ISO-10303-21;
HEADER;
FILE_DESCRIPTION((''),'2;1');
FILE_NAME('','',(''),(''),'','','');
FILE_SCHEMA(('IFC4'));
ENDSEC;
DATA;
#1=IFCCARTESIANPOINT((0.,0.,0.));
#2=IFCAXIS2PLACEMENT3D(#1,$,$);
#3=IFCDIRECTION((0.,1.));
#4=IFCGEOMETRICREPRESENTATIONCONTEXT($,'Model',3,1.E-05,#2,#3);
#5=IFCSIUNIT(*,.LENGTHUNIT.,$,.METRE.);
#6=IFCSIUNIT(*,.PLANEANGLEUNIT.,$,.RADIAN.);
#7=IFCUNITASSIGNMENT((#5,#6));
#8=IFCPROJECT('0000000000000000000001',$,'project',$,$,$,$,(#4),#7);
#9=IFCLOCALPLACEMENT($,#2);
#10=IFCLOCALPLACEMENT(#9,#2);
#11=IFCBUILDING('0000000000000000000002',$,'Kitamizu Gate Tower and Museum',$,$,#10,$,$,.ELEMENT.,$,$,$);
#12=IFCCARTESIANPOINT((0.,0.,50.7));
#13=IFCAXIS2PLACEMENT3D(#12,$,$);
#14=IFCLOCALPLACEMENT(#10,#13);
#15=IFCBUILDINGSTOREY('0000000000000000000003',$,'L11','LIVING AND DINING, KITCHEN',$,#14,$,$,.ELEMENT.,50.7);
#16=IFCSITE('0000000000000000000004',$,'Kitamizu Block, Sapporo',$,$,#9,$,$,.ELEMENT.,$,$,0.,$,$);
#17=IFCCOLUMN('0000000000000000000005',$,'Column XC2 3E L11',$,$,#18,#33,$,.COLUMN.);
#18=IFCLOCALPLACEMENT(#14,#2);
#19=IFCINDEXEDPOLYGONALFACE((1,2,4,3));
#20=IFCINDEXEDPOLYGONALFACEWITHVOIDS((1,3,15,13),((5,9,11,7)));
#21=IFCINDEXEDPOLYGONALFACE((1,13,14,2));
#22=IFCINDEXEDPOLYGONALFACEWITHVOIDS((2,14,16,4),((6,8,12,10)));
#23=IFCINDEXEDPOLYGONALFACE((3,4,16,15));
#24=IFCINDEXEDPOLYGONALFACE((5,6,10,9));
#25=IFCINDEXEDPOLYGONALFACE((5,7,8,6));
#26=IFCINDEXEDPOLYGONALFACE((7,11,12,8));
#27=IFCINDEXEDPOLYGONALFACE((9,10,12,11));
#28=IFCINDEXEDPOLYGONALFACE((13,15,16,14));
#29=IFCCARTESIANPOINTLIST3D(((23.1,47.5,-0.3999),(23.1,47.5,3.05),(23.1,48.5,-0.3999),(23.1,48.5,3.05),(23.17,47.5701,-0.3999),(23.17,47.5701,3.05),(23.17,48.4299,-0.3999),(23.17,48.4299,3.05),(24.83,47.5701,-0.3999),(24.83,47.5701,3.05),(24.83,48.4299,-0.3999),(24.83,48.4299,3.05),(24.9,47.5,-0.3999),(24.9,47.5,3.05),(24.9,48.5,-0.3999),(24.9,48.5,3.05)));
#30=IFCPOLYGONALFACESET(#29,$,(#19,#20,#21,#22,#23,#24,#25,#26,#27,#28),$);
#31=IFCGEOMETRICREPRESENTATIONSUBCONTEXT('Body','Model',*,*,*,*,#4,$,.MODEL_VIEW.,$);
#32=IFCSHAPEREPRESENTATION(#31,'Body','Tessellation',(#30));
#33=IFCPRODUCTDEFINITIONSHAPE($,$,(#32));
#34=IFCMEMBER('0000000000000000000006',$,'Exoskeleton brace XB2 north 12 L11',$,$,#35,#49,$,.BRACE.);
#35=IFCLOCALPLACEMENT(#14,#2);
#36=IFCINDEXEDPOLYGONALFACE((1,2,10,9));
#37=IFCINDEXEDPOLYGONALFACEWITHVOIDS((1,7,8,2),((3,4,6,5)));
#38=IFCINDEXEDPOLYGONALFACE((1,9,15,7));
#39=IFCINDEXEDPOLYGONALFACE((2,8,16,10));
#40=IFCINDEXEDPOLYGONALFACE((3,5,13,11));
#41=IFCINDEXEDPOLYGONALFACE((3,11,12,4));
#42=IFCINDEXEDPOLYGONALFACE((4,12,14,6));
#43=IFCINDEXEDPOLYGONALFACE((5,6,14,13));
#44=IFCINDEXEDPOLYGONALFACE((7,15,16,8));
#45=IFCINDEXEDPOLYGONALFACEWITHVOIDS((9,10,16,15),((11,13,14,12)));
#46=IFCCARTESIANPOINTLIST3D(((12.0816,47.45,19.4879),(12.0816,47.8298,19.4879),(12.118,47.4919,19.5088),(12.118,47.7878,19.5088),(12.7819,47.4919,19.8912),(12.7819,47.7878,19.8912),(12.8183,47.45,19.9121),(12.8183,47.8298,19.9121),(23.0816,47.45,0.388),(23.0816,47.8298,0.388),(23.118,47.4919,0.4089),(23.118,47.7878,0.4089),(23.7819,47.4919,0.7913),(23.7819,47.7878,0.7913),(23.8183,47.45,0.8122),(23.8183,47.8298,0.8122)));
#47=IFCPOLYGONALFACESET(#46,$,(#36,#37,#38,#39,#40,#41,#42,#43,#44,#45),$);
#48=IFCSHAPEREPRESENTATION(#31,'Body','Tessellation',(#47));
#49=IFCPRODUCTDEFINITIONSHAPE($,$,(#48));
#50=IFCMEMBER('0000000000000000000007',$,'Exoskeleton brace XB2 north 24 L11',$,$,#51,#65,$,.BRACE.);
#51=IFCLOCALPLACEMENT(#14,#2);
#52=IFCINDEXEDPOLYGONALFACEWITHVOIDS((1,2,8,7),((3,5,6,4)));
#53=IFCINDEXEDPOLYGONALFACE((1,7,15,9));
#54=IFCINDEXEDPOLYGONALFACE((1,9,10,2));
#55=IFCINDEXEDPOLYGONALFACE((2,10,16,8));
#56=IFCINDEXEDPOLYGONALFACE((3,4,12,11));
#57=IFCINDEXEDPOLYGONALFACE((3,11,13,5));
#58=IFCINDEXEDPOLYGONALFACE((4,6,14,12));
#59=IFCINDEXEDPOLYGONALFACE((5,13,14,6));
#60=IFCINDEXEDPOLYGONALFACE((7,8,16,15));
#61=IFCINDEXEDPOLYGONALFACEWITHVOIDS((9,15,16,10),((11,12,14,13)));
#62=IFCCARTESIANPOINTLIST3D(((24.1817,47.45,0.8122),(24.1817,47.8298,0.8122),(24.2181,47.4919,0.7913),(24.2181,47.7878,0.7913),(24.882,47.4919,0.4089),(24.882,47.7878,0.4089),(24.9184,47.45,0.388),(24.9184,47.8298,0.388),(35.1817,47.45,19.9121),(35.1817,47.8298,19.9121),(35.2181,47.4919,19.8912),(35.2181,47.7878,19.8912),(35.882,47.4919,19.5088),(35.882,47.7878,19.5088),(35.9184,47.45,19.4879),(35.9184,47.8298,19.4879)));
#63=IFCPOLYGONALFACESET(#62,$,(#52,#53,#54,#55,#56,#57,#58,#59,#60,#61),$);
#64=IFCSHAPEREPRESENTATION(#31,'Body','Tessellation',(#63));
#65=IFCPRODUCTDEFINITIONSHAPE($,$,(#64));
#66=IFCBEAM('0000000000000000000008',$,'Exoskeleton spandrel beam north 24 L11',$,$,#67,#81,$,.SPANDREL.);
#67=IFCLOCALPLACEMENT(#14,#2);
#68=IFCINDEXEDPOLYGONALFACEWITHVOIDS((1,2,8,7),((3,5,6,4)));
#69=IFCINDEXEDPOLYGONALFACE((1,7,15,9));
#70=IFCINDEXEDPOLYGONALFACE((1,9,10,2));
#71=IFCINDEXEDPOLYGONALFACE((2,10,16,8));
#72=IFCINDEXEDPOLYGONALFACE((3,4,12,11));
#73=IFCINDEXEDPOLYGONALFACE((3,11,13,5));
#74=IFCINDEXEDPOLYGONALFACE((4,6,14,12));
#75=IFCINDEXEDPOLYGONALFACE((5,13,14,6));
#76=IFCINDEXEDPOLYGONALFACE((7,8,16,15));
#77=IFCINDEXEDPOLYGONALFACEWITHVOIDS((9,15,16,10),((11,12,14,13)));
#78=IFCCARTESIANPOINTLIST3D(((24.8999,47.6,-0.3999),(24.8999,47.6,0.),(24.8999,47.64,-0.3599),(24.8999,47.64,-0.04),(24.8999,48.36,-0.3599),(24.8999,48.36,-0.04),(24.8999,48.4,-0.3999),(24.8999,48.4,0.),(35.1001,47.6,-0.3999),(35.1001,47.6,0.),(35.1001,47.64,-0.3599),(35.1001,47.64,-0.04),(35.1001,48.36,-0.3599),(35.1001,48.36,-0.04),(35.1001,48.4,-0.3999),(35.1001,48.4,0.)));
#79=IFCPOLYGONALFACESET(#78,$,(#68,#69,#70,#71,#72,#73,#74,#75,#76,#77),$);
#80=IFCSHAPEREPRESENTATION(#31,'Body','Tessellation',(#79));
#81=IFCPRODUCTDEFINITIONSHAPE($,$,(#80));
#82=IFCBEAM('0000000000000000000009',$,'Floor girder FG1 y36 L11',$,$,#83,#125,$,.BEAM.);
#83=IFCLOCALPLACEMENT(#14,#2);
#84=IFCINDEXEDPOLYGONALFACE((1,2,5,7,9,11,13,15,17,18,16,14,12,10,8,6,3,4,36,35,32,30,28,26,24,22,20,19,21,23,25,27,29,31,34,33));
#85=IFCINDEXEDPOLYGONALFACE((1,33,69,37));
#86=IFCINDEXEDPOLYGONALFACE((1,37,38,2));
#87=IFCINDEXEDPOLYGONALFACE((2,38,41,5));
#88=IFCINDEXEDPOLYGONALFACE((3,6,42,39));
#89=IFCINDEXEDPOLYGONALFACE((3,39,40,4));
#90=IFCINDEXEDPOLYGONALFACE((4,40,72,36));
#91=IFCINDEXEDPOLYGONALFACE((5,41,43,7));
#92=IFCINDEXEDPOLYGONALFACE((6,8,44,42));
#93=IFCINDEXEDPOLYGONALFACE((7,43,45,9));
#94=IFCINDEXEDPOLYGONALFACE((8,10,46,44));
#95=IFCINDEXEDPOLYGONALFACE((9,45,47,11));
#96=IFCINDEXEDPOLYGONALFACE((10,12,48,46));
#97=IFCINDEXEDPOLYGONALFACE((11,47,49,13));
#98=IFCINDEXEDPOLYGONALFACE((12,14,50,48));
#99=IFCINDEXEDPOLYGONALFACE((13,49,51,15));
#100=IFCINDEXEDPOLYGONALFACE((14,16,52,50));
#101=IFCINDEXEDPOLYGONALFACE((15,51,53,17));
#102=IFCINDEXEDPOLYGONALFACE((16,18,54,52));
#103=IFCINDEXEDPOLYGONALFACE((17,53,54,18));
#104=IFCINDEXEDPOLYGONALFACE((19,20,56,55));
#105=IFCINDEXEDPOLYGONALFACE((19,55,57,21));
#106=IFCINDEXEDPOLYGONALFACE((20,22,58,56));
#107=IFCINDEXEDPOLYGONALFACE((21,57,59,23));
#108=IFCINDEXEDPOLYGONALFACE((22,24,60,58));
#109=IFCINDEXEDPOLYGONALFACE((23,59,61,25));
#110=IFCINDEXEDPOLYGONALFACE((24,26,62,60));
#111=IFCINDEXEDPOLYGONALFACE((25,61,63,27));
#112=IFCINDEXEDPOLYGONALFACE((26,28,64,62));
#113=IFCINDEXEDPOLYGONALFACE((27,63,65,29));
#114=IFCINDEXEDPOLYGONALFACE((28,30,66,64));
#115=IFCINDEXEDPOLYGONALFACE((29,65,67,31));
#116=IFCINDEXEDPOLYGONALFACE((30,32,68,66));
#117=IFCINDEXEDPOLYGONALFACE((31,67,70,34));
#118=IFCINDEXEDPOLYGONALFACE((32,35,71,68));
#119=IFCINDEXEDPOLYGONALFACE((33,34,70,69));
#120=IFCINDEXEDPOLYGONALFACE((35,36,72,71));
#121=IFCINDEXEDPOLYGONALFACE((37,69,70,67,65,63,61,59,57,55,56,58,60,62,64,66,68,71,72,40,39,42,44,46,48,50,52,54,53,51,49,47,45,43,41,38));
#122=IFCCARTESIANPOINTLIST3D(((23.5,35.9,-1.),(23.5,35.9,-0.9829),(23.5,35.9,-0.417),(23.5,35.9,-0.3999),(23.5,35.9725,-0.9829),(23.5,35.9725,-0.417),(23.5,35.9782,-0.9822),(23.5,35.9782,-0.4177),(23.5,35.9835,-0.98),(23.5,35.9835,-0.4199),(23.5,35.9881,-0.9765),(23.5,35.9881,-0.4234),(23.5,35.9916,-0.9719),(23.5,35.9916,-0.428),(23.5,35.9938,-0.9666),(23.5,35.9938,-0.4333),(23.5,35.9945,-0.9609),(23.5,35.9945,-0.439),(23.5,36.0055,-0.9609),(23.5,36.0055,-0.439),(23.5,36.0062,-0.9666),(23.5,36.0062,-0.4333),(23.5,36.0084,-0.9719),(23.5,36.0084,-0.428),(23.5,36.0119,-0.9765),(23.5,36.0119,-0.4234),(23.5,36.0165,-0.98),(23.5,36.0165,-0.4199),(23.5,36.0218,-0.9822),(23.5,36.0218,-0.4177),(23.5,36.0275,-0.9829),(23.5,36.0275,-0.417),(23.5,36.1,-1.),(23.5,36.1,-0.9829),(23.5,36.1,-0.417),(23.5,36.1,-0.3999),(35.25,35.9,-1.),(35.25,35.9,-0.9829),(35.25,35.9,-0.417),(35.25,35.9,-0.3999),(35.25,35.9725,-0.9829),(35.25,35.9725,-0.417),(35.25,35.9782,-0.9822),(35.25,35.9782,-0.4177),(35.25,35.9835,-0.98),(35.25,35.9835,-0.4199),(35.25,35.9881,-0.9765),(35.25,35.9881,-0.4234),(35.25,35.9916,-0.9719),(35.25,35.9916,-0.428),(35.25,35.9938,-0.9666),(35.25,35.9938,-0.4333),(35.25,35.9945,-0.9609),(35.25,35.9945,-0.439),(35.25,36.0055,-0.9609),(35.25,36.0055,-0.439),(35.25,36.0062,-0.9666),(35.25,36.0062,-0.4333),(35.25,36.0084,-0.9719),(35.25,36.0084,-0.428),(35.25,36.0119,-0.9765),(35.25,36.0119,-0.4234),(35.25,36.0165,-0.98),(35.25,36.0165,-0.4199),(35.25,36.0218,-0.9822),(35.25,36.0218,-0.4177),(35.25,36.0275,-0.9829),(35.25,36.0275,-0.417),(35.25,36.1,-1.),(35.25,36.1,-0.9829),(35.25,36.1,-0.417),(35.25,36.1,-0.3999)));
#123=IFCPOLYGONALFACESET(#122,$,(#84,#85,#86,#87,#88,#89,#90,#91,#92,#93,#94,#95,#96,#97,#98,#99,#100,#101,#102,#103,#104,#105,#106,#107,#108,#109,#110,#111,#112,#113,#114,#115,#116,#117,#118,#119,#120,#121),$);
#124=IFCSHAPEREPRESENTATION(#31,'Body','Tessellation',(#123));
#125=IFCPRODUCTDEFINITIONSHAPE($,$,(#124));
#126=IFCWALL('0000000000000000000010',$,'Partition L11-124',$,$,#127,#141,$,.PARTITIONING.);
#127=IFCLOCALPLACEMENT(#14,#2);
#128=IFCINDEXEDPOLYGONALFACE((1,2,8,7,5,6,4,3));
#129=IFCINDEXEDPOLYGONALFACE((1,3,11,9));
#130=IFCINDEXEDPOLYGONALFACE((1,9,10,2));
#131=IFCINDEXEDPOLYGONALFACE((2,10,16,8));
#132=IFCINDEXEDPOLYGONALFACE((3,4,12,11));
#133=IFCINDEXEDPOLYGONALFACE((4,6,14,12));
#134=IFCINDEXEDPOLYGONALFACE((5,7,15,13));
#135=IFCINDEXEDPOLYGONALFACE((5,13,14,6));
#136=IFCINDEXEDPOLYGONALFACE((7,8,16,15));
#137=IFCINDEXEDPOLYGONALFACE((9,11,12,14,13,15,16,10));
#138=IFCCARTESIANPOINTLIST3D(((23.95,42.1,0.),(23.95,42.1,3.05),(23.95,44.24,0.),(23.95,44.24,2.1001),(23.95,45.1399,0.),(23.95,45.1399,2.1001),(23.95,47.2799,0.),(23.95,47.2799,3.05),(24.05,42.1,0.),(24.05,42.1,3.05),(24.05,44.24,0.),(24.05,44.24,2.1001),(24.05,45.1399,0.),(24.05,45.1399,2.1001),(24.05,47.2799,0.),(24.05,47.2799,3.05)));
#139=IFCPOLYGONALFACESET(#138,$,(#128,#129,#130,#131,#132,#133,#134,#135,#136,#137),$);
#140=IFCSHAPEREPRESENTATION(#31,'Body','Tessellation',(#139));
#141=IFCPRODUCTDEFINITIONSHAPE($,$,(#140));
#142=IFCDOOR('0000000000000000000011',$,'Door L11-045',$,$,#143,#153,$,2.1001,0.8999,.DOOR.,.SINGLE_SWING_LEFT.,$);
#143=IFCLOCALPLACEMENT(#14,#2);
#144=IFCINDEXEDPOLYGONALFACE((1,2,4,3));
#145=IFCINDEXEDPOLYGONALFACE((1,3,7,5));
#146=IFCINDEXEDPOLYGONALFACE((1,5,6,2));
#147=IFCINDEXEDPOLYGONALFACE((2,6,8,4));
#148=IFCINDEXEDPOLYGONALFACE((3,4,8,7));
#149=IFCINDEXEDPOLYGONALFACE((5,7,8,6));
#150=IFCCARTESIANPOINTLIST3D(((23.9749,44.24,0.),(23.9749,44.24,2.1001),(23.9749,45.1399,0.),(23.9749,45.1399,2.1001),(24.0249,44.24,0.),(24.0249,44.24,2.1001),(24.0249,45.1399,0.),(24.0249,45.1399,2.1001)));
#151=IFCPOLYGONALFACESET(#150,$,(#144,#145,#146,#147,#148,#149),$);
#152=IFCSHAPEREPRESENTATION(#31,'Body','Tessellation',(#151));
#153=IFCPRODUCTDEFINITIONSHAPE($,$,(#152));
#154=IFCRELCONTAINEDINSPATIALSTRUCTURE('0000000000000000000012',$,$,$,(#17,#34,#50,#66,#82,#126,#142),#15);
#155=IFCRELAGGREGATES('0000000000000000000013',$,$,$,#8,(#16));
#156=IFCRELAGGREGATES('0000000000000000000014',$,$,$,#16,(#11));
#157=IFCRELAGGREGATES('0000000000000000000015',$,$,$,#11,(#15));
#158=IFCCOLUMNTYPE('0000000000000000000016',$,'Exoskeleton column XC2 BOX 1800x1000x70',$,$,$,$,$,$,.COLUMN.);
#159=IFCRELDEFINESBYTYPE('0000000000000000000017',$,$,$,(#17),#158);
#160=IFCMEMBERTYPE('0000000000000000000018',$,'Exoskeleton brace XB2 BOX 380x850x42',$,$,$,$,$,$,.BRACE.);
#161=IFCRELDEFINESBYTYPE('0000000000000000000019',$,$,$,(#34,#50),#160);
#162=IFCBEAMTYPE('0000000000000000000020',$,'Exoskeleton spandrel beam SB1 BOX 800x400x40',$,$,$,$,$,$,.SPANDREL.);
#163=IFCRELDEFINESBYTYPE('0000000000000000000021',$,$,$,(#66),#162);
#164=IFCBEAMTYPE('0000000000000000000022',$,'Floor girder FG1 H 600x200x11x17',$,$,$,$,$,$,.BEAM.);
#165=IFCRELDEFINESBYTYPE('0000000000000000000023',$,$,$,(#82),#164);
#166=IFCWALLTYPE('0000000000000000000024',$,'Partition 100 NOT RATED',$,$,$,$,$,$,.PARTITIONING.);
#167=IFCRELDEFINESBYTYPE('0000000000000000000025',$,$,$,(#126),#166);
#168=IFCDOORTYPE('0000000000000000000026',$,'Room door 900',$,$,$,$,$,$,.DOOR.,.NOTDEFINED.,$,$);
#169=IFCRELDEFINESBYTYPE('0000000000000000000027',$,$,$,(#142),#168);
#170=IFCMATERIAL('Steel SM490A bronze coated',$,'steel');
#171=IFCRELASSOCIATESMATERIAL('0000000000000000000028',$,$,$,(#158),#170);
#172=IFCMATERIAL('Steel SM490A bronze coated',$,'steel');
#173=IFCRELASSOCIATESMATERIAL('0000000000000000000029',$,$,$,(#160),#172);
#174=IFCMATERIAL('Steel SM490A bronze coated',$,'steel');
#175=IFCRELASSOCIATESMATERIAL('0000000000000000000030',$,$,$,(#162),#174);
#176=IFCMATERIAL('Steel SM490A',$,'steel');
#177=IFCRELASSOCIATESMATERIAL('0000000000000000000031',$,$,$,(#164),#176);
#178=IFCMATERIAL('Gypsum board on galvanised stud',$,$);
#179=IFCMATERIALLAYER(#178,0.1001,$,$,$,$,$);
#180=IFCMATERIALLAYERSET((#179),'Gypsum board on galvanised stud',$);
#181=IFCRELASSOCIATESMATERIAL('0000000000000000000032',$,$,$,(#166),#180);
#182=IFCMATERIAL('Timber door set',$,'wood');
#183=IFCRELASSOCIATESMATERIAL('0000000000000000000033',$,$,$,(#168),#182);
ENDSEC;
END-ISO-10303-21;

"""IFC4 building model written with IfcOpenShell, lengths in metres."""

from ifc_helpers import new_model, si_unit, direction, frame, frame_2d, origin, origin_2d, place, context, subcontext, project, spatial, rectangle, hollow_rectangle, i_section, extrude, material, layer, layer_set, material_profile, profile_set, type_object, element, fill, save


model = new_model("IFC4")

# Units and contexts
model_context = context("Model", 3, precision=1e-05, world=origin(), true_north=direction((0.0, 1.0)))
body_context = subcontext(model_context, "Body", "Model", "MODEL_VIEW")
ifc_project = project(units=[si_unit("LENGTHUNIT", "METRE"), si_unit("PLANEANGLEUNIT", "RADIAN")], contexts=[model_context])

# Site, building, storey
site_placement = place(None, origin())
site = spatial("IfcSite", under=ifc_project, at=site_placement, Name="Kitamizu Block, Sapporo", CompositionType="ELEMENT", RefElevation=0.0)
building_placement = place(site_placement, origin())
building = spatial("IfcBuilding", under=site, at=building_placement, Name="Kitamizu Gate Tower and Museum", CompositionType="ELEMENT")
storey_placement = place(building_placement, frame((0.0, 0.0, 50.7)))
storey = spatial("IfcBuildingStorey", under=building, at=storey_placement, Name="L11", Description="LIVING AND DINING, KITCHEN", CompositionType="ELEMENT", Elevation=50.7)

# Column
ifc_material_1 = material(Name="Steel SM490A bronze coated", Category="steel")
ifc_material_profile_1 = material_profile(ifc_material_1, hollow_rectangle(XDim=1.8, YDim=1.0, WallThickness=0.0701, at=origin_2d()), Name="BOX 1800x1000x70")
ifc_profile_set_1 = profile_set([ifc_material_profile_1], Name="Steel SM490A bronze coated")
column_type = type_object("IfcColumnType", Name="Exoskeleton column XC2 BOX 1800x1000x70", PredefinedType="COLUMN", material=ifc_profile_set_1)
column_placement = place(storey_placement, frame((24.0, 48.0, -0.3999), z_axis=(0.0, 0.0, 1.0), x_axis=(1.0, 0.0, 0.0)))
element("IfcColumn", 1, at=column_placement, inside=storey, type_object=column_type, Name="Column XC2 3E L11", PredefinedType="COLUMN", context=body_context, shape_type="SweptSolid", body=[
    extrude(hollow_rectangle(XDim=1.8, YDim=1.0, WallThickness=0.0701, at=origin_2d()), origin(), (0.0, 0.0, 1.0), 3.45),
])

# Members
ifc_material_2 = material(Name="Steel SM490A bronze coated", Category="steel")
ifc_material_profile_2 = material_profile(ifc_material_2, hollow_rectangle(XDim=0.3799, YDim=0.8501, WallThickness=0.042, at=origin_2d()), Name="BOX 380x850x42")
ifc_profile_set_2 = profile_set([ifc_material_profile_2], Name="Steel SM490A bronze coated")
member_type = type_object("IfcMemberType", Name="Exoskeleton brace XB2 BOX 380x850x42", PredefinedType="BRACE", material=ifc_profile_set_2)
for number, where, z_axis, x_axis, name in (
    (2, (23.45, 47.6399, 0.6001), (-0.499071, 0.0, 0.866561), (0.0, -1.0, 0.0), "Exoskeleton brace XB2 north 12 L11"),
    (3, (24.55, 47.6399, 0.6001), (0.499071, 0.0, 0.866561), (0.0, 1.0, 0.0), "Exoskeleton brace XB2 north 24 L11"),
):
    element("IfcMember", number, at=place(storey_placement, frame(where, z_axis=z_axis, x_axis=x_axis)), inside=storey, type_object=member_type, Name=name, PredefinedType="BRACE", context=body_context, shape_type="SweptSolid", body=[
        extrude(hollow_rectangle(XDim=0.3799, YDim=0.8501, WallThickness=0.042, at=origin_2d()), origin(), (0.0, 0.0, 1.0), 22.041),
    ])

# Beams
ifc_material_3 = material(Name="Steel SM490A bronze coated", Category="steel")
ifc_material_profile_3 = material_profile(ifc_material_3, hollow_rectangle(XDim=0.8, YDim=0.3999, WallThickness=0.04, at=origin_2d()), Name="BOX 800x400x40")
ifc_profile_set_3 = profile_set([ifc_material_profile_3], Name="Steel SM490A bronze coated")
beam_type_1 = type_object("IfcBeamType", Name="Exoskeleton spandrel beam SB1 BOX 800x400x40", PredefinedType="SPANDREL", material=ifc_profile_set_3)
beam_1_placement = place(storey_placement, frame((24.8999, 48.0, -0.2), z_axis=(1.0, 0.0, 0.0), x_axis=(0.0, 1.0, 0.0)))
element("IfcBeam", 4, at=beam_1_placement, inside=storey, type_object=beam_type_1, Name="Exoskeleton spandrel beam north 24 L11", PredefinedType="SPANDREL", context=body_context, shape_type="SweptSolid", body=[
    extrude(hollow_rectangle(XDim=0.8, YDim=0.3999, WallThickness=0.04, at=origin_2d()), origin(), (0.0, 0.0, 1.0), 10.2002),
])
ifc_material_4 = material(Name="Steel SM490A", Category="steel")
ifc_material_profile_4 = material_profile(ifc_material_4, i_section(OverallWidth=0.2, OverallDepth=0.6001, WebThickness=0.011, FlangeThickness=0.0171, FilletRadius=0.022, at=origin_2d()), Name="H-600x200x11x17")
ifc_profile_set_4 = profile_set([ifc_material_profile_4], Name="Steel SM490A")
beam_type_2 = type_object("IfcBeamType", Name="Floor girder FG1 H 600x200x11x17", PredefinedType="BEAM", material=ifc_profile_set_4)
beam_2_placement = place(storey_placement, frame((23.5, 36.0, -0.7), z_axis=(1.0, 0.0, 0.0), x_axis=(0.0, 1.0, 0.0)))
element("IfcBeam", 5, at=beam_2_placement, inside=storey, type_object=beam_type_2, Name="Floor girder FG1 y36 L11", PredefinedType="BEAM", context=body_context, shape_type="SweptSolid", body=[
    extrude(i_section(OverallWidth=0.2, OverallDepth=0.6001, WebThickness=0.011, FlangeThickness=0.0171, FilletRadius=0.022, at=origin_2d()), origin(), (0.0, 0.0, 1.0), 11.75),
])

# Wall, opening, door
ifc_material_5 = material(Name="Gypsum board on galvanised stud")
ifc_layer_1 = layer(ifc_material_5, 0.1001)
ifc_layer_set_1 = layer_set([ifc_layer_1], Name="Gypsum board on galvanised stud")
wall_type_1 = type_object("IfcWallType", Name="Partition 100 NOT RATED", PredefinedType="PARTITIONING", material=ifc_layer_set_1)
wall_1_placement = place(storey_placement, frame((24.0, 42.1001, 0.0), z_axis=(0.0, 0.0, 1.0), x_axis=(0.0, 1.0, 0.0)))
wall_1 = element("IfcWall", 6, at=wall_1_placement, inside=storey, type_object=wall_type_1, Name="Partition L11-124", PredefinedType="PARTITIONING", context=body_context, shape_type="SweptSolid", body=[
    extrude(rectangle(XDim=5.1799, YDim=0.1001, at=frame_2d((2.5898, 0.0))), origin(), (0.0, 0.0, 1.0), 3.05),
])
opening_1_placement = place(wall_1_placement, frame((2.1399, 0.0, 0.0)))
opening_1 = element("IfcOpeningElement", 7, at=opening_1_placement, cuts=wall_1, PredefinedType="OPENING", context=body_context, shape_type="SweptSolid", body=[
    extrude(rectangle(XDim=0.8999, YDim=2.1001, at=frame_2d((0.45, 1.05))), frame((0.0, 0.0601, 0.0), z_axis=(0.0, -1.0, 0.0), x_axis=(1.0, 0.0, 0.0)), (0.0, 0.0, 1.0), 0.1201),
])
ifc_material_6 = material(Name="Timber door set", Category="wood")
door_type_1 = type_object("IfcDoorType", Name="Room door 900", OperationType="NOTDEFINED", PredefinedType="DOOR", material=ifc_material_6)
door_1_placement = place(opening_1_placement, frame((0.8999, 0.0, 0.0), x_axis=(-1.0, 0.0, 0.0)))
door_1 = element("IfcDoor", 8, at=door_1_placement, inside=storey, type_object=door_type_1, Name="Door L11-045", OperationType="SINGLE_SWING_LEFT", OverallHeight=2.1001, OverallWidth=0.8999, PredefinedType="DOOR", context=body_context, shape_type="SweptSolid", body=[
    extrude(rectangle(XDim=0.8999, YDim=2.1001, at=frame_2d((0.45, 1.05))), frame((0.0, 0.0249, 0.0), z_axis=(0.0, -1.0, 0.0), x_axis=(1.0, 0.0, 0.0)), (0.0, 0.0, 1.0), 0.05),
])
fill(opening_1, door_1)

save(model, "model.ifc")
